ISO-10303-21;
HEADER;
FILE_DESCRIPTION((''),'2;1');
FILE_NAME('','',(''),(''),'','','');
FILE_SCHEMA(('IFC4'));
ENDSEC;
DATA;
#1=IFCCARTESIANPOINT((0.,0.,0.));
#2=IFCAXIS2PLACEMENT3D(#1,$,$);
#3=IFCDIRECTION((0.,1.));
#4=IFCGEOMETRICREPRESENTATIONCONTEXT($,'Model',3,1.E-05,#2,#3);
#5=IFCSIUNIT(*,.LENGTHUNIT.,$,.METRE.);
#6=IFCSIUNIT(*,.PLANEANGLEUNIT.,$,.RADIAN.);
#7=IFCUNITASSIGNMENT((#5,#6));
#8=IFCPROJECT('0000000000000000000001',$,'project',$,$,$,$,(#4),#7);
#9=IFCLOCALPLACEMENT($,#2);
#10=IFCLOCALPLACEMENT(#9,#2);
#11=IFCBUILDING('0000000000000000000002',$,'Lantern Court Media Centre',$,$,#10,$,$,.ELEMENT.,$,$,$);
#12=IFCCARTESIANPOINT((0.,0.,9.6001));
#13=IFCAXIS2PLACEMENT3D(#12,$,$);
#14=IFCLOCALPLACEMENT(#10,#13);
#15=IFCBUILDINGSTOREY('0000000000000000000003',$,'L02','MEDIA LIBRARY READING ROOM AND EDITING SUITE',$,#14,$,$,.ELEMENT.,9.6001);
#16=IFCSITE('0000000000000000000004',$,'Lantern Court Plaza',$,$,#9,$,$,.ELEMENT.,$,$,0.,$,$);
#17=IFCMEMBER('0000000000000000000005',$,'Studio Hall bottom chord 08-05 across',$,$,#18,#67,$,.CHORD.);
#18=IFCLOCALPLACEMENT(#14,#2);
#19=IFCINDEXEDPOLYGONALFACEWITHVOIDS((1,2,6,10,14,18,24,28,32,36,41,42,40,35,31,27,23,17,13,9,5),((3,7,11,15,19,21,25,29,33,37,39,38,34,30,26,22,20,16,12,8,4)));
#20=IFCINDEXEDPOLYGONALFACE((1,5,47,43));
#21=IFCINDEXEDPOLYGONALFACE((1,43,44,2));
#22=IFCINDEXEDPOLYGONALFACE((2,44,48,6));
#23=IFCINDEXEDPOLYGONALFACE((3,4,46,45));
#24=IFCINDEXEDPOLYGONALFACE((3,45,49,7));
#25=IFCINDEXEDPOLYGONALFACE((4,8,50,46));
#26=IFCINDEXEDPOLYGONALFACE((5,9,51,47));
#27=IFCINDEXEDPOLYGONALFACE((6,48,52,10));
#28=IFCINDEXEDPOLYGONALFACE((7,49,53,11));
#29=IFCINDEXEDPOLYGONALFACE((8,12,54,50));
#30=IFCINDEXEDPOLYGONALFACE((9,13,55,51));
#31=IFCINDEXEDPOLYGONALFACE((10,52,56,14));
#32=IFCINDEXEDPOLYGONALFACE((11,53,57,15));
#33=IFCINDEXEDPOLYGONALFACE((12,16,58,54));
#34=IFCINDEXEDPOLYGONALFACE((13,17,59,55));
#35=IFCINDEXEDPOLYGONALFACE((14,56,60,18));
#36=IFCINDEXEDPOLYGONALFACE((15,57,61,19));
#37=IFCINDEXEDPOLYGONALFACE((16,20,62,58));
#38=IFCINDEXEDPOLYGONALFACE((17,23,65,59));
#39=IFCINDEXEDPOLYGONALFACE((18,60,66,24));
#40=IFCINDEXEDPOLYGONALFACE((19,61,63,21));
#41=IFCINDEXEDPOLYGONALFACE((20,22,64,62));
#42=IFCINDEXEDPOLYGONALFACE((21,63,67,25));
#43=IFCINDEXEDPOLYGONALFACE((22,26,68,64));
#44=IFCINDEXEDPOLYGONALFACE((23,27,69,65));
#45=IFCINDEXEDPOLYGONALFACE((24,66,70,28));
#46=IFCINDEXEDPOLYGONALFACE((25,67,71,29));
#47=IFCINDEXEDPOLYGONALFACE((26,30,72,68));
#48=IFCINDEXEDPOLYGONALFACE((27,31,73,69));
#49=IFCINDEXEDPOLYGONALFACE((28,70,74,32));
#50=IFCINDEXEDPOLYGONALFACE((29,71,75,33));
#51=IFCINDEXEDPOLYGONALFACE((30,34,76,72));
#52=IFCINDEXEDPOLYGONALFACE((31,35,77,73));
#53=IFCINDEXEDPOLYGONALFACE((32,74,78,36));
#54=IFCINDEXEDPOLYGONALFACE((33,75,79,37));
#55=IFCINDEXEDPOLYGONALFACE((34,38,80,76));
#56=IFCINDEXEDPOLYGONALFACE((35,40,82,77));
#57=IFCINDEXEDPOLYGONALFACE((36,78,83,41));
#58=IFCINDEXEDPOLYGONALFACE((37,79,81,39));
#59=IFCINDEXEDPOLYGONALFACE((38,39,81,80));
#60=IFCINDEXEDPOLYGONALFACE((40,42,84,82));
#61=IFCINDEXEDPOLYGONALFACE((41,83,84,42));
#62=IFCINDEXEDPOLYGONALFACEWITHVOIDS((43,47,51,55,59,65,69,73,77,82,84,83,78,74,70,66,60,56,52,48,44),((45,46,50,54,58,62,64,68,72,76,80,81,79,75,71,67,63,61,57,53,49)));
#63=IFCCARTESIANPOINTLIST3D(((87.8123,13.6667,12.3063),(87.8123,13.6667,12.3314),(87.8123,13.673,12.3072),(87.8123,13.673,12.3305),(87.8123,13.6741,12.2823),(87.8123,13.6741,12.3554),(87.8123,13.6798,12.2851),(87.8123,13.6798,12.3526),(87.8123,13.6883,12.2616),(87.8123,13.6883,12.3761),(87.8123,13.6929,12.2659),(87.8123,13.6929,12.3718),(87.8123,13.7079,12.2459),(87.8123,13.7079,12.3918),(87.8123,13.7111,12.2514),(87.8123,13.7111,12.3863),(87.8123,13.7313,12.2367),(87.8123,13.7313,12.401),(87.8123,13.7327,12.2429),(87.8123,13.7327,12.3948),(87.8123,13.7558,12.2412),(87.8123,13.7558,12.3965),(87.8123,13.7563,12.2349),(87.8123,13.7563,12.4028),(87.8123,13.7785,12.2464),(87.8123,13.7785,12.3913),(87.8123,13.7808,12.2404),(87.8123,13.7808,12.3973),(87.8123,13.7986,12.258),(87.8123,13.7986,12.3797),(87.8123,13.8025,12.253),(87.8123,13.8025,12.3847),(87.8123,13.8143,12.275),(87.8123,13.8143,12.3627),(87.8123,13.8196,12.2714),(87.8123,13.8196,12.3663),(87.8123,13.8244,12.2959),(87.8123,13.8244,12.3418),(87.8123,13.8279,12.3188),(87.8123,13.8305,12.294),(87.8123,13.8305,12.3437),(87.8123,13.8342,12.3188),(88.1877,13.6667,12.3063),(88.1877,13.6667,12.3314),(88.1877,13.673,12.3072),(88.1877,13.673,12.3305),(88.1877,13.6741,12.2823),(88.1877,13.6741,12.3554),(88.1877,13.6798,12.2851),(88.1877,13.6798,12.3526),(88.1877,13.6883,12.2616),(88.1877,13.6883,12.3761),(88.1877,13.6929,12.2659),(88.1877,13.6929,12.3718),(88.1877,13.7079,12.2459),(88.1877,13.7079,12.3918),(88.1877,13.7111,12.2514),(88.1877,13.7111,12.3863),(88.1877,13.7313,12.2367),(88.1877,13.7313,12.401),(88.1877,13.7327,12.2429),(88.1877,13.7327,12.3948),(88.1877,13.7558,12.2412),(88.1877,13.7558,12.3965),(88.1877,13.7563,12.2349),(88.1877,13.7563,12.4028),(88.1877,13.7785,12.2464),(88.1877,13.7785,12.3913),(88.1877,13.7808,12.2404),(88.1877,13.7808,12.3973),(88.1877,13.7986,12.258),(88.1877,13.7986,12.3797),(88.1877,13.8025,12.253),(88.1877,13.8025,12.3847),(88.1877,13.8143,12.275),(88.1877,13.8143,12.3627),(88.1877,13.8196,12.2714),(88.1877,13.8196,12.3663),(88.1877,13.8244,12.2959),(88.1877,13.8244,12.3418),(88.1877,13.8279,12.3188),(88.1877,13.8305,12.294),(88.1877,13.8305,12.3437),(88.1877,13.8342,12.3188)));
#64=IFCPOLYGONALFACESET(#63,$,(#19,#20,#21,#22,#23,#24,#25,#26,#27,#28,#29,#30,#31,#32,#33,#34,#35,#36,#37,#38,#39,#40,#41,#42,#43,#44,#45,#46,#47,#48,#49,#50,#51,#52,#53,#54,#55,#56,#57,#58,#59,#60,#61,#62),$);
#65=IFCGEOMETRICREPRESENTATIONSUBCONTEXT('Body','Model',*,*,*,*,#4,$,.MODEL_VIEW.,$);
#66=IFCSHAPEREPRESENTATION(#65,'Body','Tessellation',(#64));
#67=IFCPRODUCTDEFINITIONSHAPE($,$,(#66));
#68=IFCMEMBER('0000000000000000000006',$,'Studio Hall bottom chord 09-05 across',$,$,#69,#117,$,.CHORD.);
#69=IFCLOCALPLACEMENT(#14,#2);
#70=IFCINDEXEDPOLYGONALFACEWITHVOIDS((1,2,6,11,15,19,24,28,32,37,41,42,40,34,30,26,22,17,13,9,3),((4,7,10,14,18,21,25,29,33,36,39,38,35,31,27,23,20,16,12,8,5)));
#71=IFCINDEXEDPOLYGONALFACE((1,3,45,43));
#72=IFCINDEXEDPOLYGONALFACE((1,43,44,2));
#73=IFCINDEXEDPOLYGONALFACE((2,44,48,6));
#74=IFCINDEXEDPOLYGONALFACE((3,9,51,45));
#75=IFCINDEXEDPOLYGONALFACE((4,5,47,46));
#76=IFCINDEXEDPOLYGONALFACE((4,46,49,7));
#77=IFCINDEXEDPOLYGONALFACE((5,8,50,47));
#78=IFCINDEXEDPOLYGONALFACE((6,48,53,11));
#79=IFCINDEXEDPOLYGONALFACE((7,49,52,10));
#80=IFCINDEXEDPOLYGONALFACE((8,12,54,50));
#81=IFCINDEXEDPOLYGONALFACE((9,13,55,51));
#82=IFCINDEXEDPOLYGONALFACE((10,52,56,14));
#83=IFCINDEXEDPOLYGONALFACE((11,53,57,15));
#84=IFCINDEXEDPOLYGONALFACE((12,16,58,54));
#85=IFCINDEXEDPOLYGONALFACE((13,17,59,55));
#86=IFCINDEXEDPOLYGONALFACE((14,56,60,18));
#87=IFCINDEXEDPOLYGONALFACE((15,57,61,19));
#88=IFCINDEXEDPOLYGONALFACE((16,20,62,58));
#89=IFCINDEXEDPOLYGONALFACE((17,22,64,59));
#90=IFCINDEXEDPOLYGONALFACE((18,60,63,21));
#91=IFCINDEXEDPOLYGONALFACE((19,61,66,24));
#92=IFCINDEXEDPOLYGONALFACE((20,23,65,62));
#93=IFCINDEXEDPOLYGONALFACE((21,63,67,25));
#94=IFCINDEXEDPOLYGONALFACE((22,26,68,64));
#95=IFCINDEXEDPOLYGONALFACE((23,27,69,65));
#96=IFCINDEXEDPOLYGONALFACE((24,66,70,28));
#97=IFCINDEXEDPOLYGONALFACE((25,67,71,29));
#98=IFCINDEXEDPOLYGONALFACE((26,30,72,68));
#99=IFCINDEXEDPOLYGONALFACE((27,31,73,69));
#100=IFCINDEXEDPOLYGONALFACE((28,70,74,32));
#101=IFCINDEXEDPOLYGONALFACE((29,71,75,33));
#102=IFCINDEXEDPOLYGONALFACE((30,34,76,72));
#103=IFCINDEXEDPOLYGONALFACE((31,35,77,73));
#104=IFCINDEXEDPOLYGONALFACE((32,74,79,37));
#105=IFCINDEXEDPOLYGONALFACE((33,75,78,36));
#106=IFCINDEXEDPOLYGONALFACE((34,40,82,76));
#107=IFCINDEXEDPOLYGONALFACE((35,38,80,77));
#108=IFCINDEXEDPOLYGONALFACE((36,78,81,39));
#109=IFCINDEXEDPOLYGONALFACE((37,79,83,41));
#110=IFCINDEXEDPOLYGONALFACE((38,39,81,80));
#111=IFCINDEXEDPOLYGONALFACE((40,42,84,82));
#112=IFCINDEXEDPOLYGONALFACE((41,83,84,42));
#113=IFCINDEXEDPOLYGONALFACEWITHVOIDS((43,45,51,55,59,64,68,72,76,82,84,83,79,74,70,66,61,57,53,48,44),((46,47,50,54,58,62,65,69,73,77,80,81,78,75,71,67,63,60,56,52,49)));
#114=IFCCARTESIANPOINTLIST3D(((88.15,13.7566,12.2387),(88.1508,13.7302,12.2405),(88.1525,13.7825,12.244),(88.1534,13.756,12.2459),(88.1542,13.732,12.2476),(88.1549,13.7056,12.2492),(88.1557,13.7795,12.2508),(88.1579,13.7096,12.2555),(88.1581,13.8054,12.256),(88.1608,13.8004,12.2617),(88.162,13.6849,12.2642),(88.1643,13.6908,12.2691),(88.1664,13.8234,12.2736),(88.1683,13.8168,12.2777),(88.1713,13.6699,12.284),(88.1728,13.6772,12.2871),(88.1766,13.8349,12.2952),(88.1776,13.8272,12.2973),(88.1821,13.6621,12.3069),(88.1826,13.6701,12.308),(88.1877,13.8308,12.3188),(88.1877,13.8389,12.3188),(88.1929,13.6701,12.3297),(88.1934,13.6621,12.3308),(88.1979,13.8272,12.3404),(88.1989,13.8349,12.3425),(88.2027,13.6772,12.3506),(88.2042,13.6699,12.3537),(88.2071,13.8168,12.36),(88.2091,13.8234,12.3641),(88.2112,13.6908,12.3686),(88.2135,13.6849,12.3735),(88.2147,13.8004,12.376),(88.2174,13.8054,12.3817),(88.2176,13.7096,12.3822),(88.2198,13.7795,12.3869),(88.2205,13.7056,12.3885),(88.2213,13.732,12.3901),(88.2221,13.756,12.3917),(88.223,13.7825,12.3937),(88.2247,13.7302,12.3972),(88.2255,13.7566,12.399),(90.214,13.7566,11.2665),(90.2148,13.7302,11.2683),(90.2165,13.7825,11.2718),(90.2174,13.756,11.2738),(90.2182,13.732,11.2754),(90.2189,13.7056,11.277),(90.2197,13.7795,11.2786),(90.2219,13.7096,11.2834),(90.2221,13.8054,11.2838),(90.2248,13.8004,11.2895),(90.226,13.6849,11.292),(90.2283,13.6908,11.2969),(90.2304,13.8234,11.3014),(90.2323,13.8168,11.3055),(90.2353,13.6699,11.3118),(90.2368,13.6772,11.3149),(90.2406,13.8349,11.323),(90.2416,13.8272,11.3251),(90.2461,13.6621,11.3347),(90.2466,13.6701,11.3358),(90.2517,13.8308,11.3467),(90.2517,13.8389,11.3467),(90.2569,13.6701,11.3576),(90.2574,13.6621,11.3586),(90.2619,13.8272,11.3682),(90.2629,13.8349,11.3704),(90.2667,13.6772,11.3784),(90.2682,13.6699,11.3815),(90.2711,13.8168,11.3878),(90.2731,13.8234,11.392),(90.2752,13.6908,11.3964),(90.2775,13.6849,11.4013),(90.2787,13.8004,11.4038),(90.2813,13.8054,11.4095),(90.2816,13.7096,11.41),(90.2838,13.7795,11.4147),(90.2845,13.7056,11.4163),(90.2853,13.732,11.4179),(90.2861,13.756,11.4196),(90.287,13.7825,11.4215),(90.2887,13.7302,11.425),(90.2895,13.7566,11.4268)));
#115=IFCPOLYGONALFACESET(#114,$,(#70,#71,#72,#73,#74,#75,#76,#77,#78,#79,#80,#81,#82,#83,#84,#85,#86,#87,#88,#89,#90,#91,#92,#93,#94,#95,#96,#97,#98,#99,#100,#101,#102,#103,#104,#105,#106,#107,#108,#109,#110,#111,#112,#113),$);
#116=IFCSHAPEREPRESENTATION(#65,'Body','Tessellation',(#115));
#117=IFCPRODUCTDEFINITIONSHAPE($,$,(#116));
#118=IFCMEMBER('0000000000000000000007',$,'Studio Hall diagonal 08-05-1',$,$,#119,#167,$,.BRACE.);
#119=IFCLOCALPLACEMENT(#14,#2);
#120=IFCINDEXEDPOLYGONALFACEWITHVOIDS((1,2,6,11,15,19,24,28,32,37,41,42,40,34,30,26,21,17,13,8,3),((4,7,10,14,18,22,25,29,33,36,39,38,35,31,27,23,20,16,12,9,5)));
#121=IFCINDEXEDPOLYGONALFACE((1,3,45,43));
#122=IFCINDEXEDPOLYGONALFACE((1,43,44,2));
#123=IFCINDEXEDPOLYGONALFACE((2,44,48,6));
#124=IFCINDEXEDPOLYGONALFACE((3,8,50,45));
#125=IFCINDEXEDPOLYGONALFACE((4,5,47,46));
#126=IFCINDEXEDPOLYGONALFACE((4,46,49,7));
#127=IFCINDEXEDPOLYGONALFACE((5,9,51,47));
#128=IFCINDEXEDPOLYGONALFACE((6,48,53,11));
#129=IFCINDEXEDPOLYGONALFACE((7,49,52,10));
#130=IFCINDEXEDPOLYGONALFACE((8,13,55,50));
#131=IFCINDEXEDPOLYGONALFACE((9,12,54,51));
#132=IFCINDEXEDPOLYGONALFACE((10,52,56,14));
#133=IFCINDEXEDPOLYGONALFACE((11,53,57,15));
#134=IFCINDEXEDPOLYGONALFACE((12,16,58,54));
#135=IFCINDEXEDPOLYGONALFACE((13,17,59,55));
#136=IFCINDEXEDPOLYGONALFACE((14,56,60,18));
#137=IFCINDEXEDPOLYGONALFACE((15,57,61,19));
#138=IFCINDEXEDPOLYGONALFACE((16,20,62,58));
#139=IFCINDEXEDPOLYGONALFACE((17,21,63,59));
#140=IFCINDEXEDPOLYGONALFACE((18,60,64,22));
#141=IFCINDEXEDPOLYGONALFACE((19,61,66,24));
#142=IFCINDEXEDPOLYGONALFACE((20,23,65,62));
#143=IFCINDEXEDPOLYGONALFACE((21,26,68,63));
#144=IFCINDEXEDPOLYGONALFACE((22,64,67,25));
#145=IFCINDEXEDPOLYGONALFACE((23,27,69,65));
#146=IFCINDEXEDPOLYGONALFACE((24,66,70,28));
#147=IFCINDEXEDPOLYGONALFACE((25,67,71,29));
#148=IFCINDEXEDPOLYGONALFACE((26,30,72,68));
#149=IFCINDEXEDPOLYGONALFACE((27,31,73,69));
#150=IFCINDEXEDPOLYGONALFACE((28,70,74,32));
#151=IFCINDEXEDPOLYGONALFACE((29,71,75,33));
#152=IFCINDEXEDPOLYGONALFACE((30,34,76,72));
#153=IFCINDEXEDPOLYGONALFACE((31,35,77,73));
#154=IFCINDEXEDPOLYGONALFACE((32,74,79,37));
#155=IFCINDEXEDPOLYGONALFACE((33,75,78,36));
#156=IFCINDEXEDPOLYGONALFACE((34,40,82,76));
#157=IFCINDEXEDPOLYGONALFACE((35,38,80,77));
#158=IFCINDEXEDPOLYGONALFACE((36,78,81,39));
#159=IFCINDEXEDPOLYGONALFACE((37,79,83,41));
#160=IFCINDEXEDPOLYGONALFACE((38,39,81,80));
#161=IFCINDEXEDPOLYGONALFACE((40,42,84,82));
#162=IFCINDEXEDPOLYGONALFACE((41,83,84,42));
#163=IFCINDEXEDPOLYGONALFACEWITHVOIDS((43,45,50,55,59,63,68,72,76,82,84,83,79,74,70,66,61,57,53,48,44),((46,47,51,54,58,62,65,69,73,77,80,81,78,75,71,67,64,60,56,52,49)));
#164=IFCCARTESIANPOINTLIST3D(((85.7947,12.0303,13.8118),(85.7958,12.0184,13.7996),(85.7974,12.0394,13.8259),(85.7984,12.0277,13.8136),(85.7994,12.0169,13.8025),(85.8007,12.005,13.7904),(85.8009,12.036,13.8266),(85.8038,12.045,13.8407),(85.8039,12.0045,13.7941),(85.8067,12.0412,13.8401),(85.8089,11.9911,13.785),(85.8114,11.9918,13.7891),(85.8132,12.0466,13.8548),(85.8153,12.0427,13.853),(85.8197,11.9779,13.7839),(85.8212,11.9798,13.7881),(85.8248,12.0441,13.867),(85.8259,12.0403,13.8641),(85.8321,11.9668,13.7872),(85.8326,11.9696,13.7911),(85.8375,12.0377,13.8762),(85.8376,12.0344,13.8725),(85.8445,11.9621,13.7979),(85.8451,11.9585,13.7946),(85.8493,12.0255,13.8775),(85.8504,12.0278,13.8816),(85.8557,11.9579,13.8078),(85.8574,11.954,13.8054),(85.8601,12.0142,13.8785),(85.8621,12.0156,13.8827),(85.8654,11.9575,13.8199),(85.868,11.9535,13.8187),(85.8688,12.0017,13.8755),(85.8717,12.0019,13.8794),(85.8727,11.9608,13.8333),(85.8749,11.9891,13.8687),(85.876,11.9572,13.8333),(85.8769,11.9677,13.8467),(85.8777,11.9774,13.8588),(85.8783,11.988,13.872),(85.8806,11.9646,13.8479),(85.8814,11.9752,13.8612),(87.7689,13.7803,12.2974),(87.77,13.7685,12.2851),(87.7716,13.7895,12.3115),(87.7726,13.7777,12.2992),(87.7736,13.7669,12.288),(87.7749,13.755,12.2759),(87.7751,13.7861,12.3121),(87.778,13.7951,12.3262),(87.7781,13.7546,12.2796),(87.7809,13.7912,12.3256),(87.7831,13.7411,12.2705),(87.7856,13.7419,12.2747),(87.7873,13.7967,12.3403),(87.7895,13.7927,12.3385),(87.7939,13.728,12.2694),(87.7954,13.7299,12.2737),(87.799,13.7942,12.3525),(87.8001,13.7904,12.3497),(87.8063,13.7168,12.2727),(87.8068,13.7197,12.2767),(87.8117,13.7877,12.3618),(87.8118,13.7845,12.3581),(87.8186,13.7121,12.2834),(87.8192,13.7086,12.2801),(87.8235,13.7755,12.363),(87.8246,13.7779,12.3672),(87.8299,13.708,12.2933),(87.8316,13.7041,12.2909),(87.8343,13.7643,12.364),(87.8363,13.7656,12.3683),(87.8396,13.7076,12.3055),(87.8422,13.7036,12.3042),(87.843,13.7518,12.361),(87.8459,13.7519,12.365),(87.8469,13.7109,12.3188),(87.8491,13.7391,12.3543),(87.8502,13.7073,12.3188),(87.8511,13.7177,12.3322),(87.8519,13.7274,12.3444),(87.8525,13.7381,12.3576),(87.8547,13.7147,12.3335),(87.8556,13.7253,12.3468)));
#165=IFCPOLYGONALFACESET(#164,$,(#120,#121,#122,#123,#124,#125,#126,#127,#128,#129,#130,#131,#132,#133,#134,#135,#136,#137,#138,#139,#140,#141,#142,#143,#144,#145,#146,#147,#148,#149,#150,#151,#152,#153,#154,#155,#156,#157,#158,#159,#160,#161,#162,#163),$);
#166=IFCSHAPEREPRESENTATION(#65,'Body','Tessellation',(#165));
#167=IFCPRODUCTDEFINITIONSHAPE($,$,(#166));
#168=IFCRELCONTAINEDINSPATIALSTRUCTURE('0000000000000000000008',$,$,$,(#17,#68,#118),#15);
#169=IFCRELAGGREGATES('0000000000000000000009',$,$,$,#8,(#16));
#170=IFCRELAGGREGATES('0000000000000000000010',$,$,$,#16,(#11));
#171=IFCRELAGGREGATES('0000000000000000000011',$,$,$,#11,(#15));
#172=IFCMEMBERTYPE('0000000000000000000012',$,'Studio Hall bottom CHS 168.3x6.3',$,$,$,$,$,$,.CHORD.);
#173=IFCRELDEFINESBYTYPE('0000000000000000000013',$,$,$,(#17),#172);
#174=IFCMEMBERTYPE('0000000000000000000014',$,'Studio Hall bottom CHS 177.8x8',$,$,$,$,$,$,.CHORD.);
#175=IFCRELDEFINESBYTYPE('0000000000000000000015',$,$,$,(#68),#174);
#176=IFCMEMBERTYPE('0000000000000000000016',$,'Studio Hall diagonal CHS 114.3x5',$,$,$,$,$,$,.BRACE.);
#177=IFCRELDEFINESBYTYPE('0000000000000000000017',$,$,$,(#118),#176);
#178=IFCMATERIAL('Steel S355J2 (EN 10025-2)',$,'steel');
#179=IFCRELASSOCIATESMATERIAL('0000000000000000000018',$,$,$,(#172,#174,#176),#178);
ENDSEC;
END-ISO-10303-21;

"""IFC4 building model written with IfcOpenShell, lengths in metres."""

from ifc_helpers import new_model, si_unit, direction, frame, origin, origin_2d, place, context, subcontext, project, spatial, hollow_circle, extrude, material, material_profile, profile_set, type_object, element, save


model = new_model("IFC4")

# Units and contexts
model_context = context("Model", 3, precision=1e-05, world=origin(), true_north=direction((0.0, 1.0)))
body_context = subcontext(model_context, "Body", "Model", "MODEL_VIEW")
ifc_project = project(units=[si_unit("LENGTHUNIT", "METRE"), si_unit("PLANEANGLEUNIT", "RADIAN")], contexts=[model_context])

# Site, building, storey
site_placement = place(None, origin())
site = spatial("IfcSite", under=ifc_project, at=site_placement, Name="Lantern Court Plaza", CompositionType="ELEMENT", RefElevation=0.0)
building_placement = place(site_placement, origin())
building = spatial("IfcBuilding", under=site, at=building_placement, Name="Lantern Court Media Centre", CompositionType="ELEMENT")
storey_placement = place(building_placement, frame((0.0, 0.0, 9.6001)))
storey = spatial("IfcBuildingStorey", under=building, at=storey_placement, Name="L02", Description="MEDIA LIBRARY READING ROOM AND EDITING SUITE", CompositionType="ELEMENT", Elevation=9.6001)

# Members
ifc_material = material(Name="Steel S355J2 (EN 10025-2)", Category="steel")
ifc_material_profile_1 = material_profile(ifc_material, hollow_circle(Radius=0.0842, WallThickness=0.0063, at=origin_2d()), Name="Studio Hall bottom CHS 168.3x6.3")
ifc_profile_set_1 = profile_set([ifc_material_profile_1], Name="Steel S355J2 (EN 10025-2)")
member_type_1 = type_object("IfcMemberType", Name="Studio Hall bottom CHS 168.3x6.3", PredefinedType="CHORD", material=ifc_profile_set_1)
member_1_placement = place(storey_placement, frame((87.8123, 13.75, 12.3188), z_axis=(1.0, 0.0, 0.0), x_axis=(0.0, 1.0, 0.0)))
element("IfcMember", 1, at=member_1_placement, inside=storey, type_object=member_type_1, Name="Studio Hall bottom chord 08-05 across", PredefinedType="CHORD", context=body_context, shape_type="SweptSolid", body=[
    extrude(hollow_circle(Radius=0.0842, WallThickness=0.0063, at=origin_2d()), origin(), (0.0, 0.0, 1.0), 0.3755),
])
ifc_material_profile_2 = material_profile(ifc_material, hollow_circle(Radius=0.0889, WallThickness=0.0081, at=origin_2d()), Name="Studio Hall bottom CHS 177.8x8")
ifc_profile_set_2 = profile_set([ifc_material_profile_2], Name="Steel S355J2 (EN 10025-2)")
member_type_2 = type_object("IfcMemberType", Name="Studio Hall bottom CHS 177.8x8", PredefinedType="CHORD", material=ifc_profile_set_2)
member_2_placement = place(storey_placement, frame((88.1877, 13.75, 12.3188), z_axis=(0.904668, 0.0, -0.426117), x_axis=(0.0, 1.0, 0.0)))
element("IfcMember", 2, at=member_2_placement, inside=storey, type_object=member_type_2, Name="Studio Hall bottom chord 09-05 across", PredefinedType="CHORD", context=body_context, shape_type="SweptSolid", body=[
    extrude(hollow_circle(Radius=0.0889, WallThickness=0.0081, at=origin_2d()), origin(), (0.0, 0.0, 1.0), 2.2815),
])
ifc_material_profile_3 = material_profile(ifc_material, hollow_circle(Radius=0.0571, WallThickness=0.0049, at=origin_2d()), Name="Studio Hall diagonal CHS 114.3x5")
ifc_profile_set_3 = profile_set([ifc_material_profile_3], Name="Steel S355J2 (EN 10025-2)")
member_type_3 = type_object("IfcMemberType", Name="Studio Hall diagonal CHS 114.3x5", PredefinedType="BRACE", material=ifc_profile_set_3)
member_3_placement = place(storey_placement, frame((87.8123, 13.75, 12.3188), z_axis=(-0.648979, -0.575301, 0.49785), x_axis=(0.663352, -0.748307, 0.0)))
element("IfcMember", 3, at=member_3_placement, inside=storey, type_object=member_type_3, Name="Studio Hall diagonal 08-05-1", PredefinedType="BRACE", context=body_context, shape_type="SweptSolid", body=[
    extrude(hollow_circle(Radius=0.0571, WallThickness=0.0049, at=origin_2d()), origin(), (0.0, 0.0, 1.0), 3.042),
])

save(model, "model.ifc")
